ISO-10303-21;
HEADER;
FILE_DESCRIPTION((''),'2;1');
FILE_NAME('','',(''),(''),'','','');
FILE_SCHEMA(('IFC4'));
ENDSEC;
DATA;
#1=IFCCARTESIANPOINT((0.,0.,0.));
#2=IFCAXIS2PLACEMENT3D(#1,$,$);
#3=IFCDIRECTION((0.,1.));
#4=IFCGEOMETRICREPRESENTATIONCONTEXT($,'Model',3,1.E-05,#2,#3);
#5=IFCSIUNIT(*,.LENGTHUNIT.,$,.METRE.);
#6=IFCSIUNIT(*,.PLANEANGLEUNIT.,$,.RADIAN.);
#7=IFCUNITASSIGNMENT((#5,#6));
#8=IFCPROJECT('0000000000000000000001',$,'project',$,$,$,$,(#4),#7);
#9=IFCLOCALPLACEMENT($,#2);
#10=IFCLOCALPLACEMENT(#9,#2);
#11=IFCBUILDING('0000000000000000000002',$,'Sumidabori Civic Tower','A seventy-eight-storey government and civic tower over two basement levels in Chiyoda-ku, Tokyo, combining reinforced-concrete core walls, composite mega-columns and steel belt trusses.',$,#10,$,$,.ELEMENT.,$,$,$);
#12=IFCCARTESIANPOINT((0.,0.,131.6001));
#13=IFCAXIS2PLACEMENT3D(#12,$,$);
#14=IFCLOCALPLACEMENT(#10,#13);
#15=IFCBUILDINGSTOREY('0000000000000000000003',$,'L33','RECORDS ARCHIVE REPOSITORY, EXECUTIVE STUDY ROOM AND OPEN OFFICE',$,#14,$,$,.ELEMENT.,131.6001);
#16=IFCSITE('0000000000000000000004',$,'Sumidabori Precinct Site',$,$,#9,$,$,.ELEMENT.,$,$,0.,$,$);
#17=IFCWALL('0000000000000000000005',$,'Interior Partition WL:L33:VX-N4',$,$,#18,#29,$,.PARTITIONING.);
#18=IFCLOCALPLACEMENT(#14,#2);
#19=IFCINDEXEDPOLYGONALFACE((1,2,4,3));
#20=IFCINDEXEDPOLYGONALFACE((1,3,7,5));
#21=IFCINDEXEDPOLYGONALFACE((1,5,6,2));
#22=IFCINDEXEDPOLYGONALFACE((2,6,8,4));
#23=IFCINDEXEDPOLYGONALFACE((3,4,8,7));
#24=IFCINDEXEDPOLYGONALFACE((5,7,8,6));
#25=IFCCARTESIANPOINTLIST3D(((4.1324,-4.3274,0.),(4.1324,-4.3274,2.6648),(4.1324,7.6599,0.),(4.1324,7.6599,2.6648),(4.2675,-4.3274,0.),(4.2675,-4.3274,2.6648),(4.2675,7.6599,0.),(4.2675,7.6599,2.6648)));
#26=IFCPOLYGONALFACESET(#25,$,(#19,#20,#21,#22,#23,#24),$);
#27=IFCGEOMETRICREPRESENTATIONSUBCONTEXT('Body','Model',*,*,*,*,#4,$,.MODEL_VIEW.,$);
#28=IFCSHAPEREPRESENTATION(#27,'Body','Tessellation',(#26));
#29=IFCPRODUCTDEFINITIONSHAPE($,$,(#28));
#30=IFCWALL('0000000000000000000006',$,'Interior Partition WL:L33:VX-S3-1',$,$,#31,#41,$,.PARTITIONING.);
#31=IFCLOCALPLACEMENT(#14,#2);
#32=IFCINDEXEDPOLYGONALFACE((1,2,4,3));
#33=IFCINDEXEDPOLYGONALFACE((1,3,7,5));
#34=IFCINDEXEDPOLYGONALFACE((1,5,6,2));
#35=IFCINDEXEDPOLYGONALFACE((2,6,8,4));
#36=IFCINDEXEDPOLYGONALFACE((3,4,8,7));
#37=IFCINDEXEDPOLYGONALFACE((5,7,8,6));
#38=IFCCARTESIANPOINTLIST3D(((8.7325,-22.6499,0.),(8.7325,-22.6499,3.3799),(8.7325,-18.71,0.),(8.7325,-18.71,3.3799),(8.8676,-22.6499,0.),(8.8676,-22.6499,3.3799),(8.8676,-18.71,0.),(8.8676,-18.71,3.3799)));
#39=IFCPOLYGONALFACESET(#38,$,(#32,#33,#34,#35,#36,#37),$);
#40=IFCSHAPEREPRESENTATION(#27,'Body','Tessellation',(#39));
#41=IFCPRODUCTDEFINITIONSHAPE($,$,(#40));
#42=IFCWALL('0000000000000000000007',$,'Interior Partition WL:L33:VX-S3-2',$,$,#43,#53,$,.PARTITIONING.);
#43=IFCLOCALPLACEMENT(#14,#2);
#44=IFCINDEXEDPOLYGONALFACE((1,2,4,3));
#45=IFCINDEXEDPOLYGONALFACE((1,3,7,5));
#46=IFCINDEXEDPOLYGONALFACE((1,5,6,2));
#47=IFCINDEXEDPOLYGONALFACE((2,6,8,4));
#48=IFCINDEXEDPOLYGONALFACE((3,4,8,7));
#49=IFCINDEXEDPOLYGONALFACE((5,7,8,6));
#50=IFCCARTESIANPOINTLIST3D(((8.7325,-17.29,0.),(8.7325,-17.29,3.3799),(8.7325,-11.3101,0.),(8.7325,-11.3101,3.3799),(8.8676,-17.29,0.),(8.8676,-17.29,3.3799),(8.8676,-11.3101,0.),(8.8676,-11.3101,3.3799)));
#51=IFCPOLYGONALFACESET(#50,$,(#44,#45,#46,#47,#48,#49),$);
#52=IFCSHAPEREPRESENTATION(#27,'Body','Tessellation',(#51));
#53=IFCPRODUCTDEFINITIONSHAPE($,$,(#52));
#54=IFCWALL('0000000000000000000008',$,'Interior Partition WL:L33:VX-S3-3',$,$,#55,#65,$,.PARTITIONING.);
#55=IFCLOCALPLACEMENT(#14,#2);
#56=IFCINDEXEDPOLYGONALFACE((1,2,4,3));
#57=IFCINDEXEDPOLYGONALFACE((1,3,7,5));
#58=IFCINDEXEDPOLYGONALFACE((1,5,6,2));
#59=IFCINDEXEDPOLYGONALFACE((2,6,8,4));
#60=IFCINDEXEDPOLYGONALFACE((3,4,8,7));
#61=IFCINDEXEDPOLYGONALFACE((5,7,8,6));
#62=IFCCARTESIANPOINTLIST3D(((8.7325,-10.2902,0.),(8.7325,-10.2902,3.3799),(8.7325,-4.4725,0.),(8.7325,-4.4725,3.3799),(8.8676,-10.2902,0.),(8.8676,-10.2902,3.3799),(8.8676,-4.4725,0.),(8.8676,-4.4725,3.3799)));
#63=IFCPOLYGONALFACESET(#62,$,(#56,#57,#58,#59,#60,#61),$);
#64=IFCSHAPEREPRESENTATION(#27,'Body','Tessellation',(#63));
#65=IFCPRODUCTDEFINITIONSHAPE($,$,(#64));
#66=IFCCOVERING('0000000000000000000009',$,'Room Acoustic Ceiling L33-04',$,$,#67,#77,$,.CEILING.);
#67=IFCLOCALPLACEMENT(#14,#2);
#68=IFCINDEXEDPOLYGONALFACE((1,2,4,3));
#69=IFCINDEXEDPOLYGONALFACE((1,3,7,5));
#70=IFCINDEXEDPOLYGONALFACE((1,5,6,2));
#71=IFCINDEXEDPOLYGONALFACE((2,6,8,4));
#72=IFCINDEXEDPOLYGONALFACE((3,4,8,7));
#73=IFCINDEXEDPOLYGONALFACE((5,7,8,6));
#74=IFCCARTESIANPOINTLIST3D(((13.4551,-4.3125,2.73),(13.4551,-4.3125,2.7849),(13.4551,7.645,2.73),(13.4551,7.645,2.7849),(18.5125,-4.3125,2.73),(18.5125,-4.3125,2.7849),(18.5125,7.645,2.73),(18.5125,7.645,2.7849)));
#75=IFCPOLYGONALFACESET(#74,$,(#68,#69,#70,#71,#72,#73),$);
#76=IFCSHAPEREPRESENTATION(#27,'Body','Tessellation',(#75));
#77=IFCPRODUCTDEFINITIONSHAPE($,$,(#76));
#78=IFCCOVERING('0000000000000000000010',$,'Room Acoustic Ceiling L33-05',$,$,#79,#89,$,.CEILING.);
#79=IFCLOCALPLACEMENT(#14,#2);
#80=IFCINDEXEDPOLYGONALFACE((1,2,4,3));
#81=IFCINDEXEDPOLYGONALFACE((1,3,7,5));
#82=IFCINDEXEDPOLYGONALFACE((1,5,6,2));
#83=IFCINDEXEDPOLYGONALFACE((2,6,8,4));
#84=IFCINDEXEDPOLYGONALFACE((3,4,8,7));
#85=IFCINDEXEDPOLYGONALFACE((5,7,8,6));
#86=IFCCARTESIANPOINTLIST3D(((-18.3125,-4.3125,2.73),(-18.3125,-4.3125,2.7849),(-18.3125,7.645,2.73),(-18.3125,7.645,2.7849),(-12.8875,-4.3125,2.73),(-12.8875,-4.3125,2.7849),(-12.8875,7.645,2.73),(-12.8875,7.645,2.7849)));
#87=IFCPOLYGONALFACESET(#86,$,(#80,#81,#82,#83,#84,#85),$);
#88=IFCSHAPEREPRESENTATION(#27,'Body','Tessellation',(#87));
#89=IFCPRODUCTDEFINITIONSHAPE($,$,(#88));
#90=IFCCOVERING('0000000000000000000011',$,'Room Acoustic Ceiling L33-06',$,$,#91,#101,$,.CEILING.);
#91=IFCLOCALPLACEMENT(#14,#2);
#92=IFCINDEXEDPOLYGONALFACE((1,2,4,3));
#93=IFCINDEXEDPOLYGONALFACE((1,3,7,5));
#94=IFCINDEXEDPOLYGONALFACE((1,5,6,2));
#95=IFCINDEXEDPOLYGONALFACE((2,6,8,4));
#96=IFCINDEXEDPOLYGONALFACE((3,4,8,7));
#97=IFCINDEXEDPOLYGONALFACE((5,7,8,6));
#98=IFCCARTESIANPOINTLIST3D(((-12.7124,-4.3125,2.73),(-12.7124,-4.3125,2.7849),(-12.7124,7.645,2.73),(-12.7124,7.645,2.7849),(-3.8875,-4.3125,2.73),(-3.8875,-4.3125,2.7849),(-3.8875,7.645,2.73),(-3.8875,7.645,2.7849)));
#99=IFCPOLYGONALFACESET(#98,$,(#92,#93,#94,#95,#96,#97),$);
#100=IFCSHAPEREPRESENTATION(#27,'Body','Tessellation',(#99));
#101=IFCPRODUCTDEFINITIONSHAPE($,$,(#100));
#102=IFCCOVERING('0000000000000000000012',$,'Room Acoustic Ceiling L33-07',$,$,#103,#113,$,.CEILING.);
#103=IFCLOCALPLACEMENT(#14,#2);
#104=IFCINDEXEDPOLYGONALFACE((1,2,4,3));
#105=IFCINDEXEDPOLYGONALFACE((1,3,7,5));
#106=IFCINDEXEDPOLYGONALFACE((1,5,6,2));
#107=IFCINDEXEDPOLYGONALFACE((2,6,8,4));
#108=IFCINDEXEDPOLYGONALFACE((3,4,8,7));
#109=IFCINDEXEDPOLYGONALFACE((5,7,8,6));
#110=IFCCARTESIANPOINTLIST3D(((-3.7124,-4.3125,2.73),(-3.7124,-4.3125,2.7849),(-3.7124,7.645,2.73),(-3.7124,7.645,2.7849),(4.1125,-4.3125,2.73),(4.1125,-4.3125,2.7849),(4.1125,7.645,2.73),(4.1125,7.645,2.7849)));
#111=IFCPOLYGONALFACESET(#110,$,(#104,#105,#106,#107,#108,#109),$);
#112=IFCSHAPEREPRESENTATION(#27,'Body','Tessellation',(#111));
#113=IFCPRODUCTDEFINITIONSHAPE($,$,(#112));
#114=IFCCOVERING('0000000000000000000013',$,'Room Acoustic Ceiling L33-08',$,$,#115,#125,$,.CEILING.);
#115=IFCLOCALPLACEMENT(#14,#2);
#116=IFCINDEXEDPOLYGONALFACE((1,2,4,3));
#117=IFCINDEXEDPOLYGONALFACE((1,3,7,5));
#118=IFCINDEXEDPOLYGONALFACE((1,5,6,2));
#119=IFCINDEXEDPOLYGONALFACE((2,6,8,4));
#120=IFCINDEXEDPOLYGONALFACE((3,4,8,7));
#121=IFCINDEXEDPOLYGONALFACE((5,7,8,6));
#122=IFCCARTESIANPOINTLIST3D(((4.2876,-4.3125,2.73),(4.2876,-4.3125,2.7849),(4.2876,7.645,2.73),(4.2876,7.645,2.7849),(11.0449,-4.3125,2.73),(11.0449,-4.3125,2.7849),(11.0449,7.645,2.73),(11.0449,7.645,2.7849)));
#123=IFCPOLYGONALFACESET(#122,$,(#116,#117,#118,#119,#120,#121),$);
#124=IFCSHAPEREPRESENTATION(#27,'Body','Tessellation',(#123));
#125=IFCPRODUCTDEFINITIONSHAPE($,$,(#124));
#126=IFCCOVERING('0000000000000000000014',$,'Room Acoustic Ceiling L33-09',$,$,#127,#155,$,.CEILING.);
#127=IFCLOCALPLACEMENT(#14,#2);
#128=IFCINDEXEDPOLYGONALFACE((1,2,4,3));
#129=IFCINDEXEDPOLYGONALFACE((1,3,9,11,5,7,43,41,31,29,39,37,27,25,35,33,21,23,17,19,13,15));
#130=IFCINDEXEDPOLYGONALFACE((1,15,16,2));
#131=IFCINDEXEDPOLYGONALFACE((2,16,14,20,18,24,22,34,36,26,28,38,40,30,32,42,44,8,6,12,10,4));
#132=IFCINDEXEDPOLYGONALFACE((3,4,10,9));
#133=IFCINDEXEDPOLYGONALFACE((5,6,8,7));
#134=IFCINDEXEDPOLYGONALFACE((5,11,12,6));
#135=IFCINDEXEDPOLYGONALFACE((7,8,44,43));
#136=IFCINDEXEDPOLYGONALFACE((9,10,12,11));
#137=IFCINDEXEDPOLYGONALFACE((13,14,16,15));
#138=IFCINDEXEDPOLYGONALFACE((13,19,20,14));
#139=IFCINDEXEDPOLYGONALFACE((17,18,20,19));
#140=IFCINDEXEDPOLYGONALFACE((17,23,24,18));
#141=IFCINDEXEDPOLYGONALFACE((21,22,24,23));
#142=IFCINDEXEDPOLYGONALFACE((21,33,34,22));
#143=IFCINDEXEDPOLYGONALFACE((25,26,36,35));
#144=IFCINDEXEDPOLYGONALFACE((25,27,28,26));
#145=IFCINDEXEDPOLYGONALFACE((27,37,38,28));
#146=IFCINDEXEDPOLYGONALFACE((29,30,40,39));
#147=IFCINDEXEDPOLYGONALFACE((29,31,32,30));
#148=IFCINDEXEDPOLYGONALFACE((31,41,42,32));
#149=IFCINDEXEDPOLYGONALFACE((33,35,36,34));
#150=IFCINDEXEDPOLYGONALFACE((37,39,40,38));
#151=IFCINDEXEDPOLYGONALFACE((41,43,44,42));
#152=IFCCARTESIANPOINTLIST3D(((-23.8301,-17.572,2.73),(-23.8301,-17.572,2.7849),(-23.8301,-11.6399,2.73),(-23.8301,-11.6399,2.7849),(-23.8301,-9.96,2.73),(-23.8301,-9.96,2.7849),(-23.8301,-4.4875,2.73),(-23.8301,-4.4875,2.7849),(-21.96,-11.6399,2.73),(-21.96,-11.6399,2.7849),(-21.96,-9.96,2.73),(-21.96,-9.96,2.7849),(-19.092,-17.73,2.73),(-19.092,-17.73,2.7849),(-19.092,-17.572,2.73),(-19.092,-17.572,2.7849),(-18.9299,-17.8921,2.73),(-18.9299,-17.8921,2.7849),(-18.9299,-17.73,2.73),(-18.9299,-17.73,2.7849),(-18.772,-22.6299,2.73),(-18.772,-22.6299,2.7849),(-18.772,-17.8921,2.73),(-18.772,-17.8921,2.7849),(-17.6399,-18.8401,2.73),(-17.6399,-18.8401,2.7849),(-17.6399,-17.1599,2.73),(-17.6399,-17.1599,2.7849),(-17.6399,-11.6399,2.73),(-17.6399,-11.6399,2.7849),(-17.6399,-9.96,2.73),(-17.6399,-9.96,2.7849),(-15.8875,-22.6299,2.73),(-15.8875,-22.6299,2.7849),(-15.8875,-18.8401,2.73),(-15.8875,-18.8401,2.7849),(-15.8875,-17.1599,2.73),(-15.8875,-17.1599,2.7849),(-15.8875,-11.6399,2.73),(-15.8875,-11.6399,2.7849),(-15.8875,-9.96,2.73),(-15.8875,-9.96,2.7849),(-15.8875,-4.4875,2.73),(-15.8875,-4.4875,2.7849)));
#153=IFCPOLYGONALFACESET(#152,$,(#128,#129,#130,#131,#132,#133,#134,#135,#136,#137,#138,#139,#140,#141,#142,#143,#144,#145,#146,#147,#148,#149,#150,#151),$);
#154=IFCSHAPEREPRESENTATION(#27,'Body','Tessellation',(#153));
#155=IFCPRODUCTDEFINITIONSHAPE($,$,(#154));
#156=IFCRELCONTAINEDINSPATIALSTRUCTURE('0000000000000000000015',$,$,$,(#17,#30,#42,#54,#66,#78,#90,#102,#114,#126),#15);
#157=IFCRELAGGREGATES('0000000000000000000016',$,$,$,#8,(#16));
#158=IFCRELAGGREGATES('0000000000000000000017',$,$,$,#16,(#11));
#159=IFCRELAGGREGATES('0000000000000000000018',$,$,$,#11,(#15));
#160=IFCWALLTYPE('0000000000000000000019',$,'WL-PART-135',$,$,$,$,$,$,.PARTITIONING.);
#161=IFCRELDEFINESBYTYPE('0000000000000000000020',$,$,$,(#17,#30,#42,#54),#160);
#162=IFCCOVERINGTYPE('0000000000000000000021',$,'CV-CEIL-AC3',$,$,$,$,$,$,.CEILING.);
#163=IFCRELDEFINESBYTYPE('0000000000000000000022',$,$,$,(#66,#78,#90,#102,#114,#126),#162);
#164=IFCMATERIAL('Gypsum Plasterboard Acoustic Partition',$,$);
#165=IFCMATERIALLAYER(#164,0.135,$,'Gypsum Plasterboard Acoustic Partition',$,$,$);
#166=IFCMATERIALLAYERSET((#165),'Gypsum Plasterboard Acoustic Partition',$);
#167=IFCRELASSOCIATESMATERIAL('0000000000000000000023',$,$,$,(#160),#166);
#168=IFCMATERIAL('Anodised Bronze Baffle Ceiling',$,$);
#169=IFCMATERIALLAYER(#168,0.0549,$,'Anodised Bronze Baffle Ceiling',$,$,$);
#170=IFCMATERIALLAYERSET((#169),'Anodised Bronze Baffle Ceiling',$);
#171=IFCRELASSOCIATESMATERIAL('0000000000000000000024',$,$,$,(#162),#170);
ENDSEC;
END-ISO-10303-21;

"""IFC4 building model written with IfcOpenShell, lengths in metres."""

from ifc_helpers import new_model, si_unit, direction, frame, frame_2d, origin, place, context, subcontext, project, spatial, polyline, rectangle, outline, extrude, source, transform, mapped, material, layer, layer_set, type_object, element, save


model = new_model("IFC4")

# Units and contexts
model_context = context("Model", 3, precision=1e-05, world=origin(), true_north=direction((0.0, 1.0)))
body_context = subcontext(model_context, "Body", "Model", "MODEL_VIEW")
ifc_project = project(units=[si_unit("LENGTHUNIT", "METRE"), si_unit("PLANEANGLEUNIT", "RADIAN")], contexts=[model_context])

# Site, building, storey
site_placement = place(None, origin())
site = spatial("IfcSite", under=ifc_project, at=site_placement, Name="Sumidabori Precinct Site", CompositionType="ELEMENT", RefElevation=0.0)
building_placement = place(site_placement, origin())
building = spatial("IfcBuilding", under=site, at=building_placement, Name="Sumidabori Civic Tower", Description="A seventy-eight-storey government and civic tower over two basement levels in Chiyoda-ku, Tokyo, combining reinforced-concrete core walls, composite mega-columns and steel belt trusses.", CompositionType="ELEMENT")
storey_placement = place(building_placement, frame((0.0, 0.0, 131.6001)))
storey = spatial("IfcBuildingStorey", under=building, at=storey_placement, Name="L33", Description="RECORDS ARCHIVE REPOSITORY, EXECUTIVE STUDY ROOM AND OPEN OFFICE", CompositionType="ELEMENT", Elevation=131.6001)

# Walls
ifc_material_1 = material(Name="Gypsum Plasterboard Acoustic Partition")
ifc_layer_1 = layer(ifc_material_1, 0.135, Name="Gypsum Plasterboard Acoustic Partition")
ifc_layer_set_1 = layer_set([ifc_layer_1], Name="Gypsum Plasterboard Acoustic Partition")
wall_type = type_object("IfcWallType", Name="WL-PART-135", PredefinedType="PARTITIONING", material=ifc_layer_set_1)
shared_shape_1 = source(origin(), body_context, "Body", "SweptSolid", [
    extrude(rectangle(XDim=11.9873, YDim=0.135, at=frame_2d((5.9937, 0.0))), origin(), (0.0, 0.0, 1.0), 2.6648),
])
wall_1_placement = place(storey_placement, frame((4.2, -4.3274, 0.0), z_axis=(0.0, 0.0, 1.0), x_axis=(0.0, 1.0, 0.0)))
element("IfcWall", 1, at=wall_1_placement, inside=storey, type_object=wall_type, Name="Interior Partition WL:L33:VX-N4", PredefinedType="PARTITIONING", context=body_context, shape_type="MappedRepresentation", body=[
    mapped(shared_shape_1, transform((0.0, 0.0, 0.0), x_axis=(1.0, 0.0, 0.0), y_axis=(0.0, 1.0, 0.0), z_axis=(0.0, 0.0, 1.0), scale=1.0)),
])
shared_shape_2 = source(origin(), body_context, "Body", "SweptSolid", [
    extrude(rectangle(XDim=3.9399, YDim=0.135, at=frame_2d((1.97, 0.0))), origin(), (0.0, 0.0, 1.0), 3.3799),
])
wall_2_placement = place(storey_placement, frame((8.8, -22.6499, 0.0), z_axis=(0.0, 0.0, 1.0), x_axis=(0.0, 1.0, 0.0)))
element("IfcWall", 2, at=wall_2_placement, inside=storey, type_object=wall_type, Name="Interior Partition WL:L33:VX-S3-1", PredefinedType="PARTITIONING", context=body_context, shape_type="MappedRepresentation", body=[
    mapped(shared_shape_2, transform((0.0, 0.0, 0.0), x_axis=(1.0, 0.0, 0.0), y_axis=(0.0, 1.0, 0.0), z_axis=(0.0, 0.0, 1.0), scale=1.0)),
])
shared_shape_3 = source(origin(), body_context, "Body", "SweptSolid", [
    extrude(rectangle(XDim=5.98, YDim=0.135, at=frame_2d((2.99, 0.0))), origin(), (0.0, 0.0, 1.0), 3.3799),
])
wall_3_placement = place(storey_placement, frame((8.8, -17.29, 0.0), z_axis=(0.0, 0.0, 1.0), x_axis=(0.0, 1.0, 0.0)))
element("IfcWall", 3, at=wall_3_placement, inside=storey, type_object=wall_type, Name="Interior Partition WL:L33:VX-S3-2", PredefinedType="PARTITIONING", context=body_context, shape_type="MappedRepresentation", body=[
    mapped(shared_shape_3, transform((0.0, 0.0, 0.0), x_axis=(1.0, 0.0, 0.0), y_axis=(0.0, 1.0, 0.0), z_axis=(0.0, 0.0, 1.0), scale=1.0)),
])
shared_shape_4 = source(origin(), body_context, "Body", "SweptSolid", [
    extrude(rectangle(XDim=5.8176, YDim=0.135, at=frame_2d((2.9087, 0.0))), origin(), (0.0, 0.0, 1.0), 3.3799),
])
wall_4_placement = place(storey_placement, frame((8.8, -10.29, 0.0), z_axis=(0.0, 0.0, 1.0), x_axis=(0.0, 1.0, 0.0)))
element("IfcWall", 4, at=wall_4_placement, inside=storey, type_object=wall_type, Name="Interior Partition WL:L33:VX-S3-3", PredefinedType="PARTITIONING", context=body_context, shape_type="MappedRepresentation", body=[
    mapped(shared_shape_4, transform((0.0, 0.0, 0.0), x_axis=(1.0, 0.0, 0.0), y_axis=(0.0, 1.0, 0.0), z_axis=(0.0, 0.0, 1.0), scale=1.0)),
])

# Coverings
ifc_material_2 = material(Name="Anodised Bronze Baffle Ceiling")
ifc_layer_2 = layer(ifc_material_2, 0.0549, Name="Anodised Bronze Baffle Ceiling")
ifc_layer_set_2 = layer_set([ifc_layer_2], Name="Anodised Bronze Baffle Ceiling")
covering_type_1 = type_object("IfcCoveringType", Name="CV-CEIL-AC3", PredefinedType="CEILING", material=ifc_layer_set_2)
covering_1_placement = place(storey_placement, frame((0.0, 0.0, 2.73)))
element("IfcCovering", 5, at=covering_1_placement, inside=storey, type_object=covering_type_1, Name="Room Acoustic Ceiling L33-04", PredefinedType="CEILING", context=body_context, shape_type="SweptSolid", body=[
    extrude(outline(polyline([(13.4551, -4.3125), (13.4551, 7.645), (18.5125, 7.645), (18.5125, -4.3125), (13.4551, -4.3125)])), origin(), (0.0, 0.0, 1.0), 0.0549),
])
covering_2_placement = place(storey_placement, frame((0.0, 0.0, 2.73)))
element("IfcCovering", 6, at=covering_2_placement, inside=storey, type_object=covering_type_1, Name="Room Acoustic Ceiling L33-05", PredefinedType="CEILING", context=body_context, shape_type="SweptSolid", body=[
    extrude(outline(polyline([(-18.3125, -4.3125), (-18.3125, 7.645), (-12.8875, 7.645), (-12.8875, -4.3125), (-18.3125, -4.3125)])), origin(), (0.0, 0.0, 1.0), 0.0549),
])
covering_3_placement = place(storey_placement, frame((0.0, 0.0, 2.73)))
element("IfcCovering", 7, at=covering_3_placement, inside=storey, type_object=covering_type_1, Name="Room Acoustic Ceiling L33-06", PredefinedType="CEILING", context=body_context, shape_type="SweptSolid", body=[
    extrude(outline(polyline([(-12.7124, -4.3125), (-12.7124, 7.645), (-3.8875, 7.645), (-3.8875, -4.3125), (-12.7124, -4.3125)])), origin(), (0.0, 0.0, 1.0), 0.0549),
])
covering_4_placement = place(storey_placement, frame((0.0, 0.0, 2.73)))
element("IfcCovering", 8, at=covering_4_placement, inside=storey, type_object=covering_type_1, Name="Room Acoustic Ceiling L33-07", PredefinedType="CEILING", context=body_context, shape_type="SweptSolid", body=[
    extrude(outline(polyline([(-3.7124, -4.3125), (-3.7124, 7.645), (4.1125, 7.645), (4.1125, -4.3125), (-3.7124, -4.3125)])), origin(), (0.0, 0.0, 1.0), 0.0549),
])
covering_5_placement = place(storey_placement, frame((0.0, 0.0, 2.73)))
element("IfcCovering", 9, at=covering_5_placement, inside=storey, type_object=covering_type_1, Name="Room Acoustic Ceiling L33-08", PredefinedType="CEILING", context=body_context, shape_type="SweptSolid", body=[
    extrude(outline(polyline([(4.2876, -4.3125), (4.2876, 7.645), (11.0449, 7.645), (11.0449, -4.3125), (4.2876, -4.3125)])), origin(), (0.0, 0.0, 1.0), 0.0549),
])
covering_6_placement = place(storey_placement, frame((0.0, 0.0, 2.73)))
element("IfcCovering", 10, at=covering_6_placement, inside=storey, type_object=covering_type_1, Name="Room Acoustic Ceiling L33-09", PredefinedType="CEILING", context=body_context, shape_type="SweptSolid", body=[
    extrude(outline(polyline([(-23.8301, -4.4875), (-15.8875, -4.4875), (-15.8875, -9.96), (-17.6399, -9.96), (-17.6399, -11.6399), (-15.8875, -11.6399), (-15.8875, -17.1599), (-17.6399, -17.1599), (-17.6399, -18.8401), (-15.8875, -18.8401), (-15.8875, -22.6299), (-18.772, -22.6299), (-18.772, -17.8921), (-18.9299, -17.8921), (-18.9299, -17.73), (-19.092, -17.73), (-19.092, -17.572), (-23.8301, -17.572), (-23.8301, -11.6399), (-21.96, -11.6399), (-21.96, -9.96), (-23.8301, -9.96), (-23.8301, -4.4875)])), origin(), (0.0, 0.0, 1.0), 0.0549),
])

save(model, "model.ifc")
